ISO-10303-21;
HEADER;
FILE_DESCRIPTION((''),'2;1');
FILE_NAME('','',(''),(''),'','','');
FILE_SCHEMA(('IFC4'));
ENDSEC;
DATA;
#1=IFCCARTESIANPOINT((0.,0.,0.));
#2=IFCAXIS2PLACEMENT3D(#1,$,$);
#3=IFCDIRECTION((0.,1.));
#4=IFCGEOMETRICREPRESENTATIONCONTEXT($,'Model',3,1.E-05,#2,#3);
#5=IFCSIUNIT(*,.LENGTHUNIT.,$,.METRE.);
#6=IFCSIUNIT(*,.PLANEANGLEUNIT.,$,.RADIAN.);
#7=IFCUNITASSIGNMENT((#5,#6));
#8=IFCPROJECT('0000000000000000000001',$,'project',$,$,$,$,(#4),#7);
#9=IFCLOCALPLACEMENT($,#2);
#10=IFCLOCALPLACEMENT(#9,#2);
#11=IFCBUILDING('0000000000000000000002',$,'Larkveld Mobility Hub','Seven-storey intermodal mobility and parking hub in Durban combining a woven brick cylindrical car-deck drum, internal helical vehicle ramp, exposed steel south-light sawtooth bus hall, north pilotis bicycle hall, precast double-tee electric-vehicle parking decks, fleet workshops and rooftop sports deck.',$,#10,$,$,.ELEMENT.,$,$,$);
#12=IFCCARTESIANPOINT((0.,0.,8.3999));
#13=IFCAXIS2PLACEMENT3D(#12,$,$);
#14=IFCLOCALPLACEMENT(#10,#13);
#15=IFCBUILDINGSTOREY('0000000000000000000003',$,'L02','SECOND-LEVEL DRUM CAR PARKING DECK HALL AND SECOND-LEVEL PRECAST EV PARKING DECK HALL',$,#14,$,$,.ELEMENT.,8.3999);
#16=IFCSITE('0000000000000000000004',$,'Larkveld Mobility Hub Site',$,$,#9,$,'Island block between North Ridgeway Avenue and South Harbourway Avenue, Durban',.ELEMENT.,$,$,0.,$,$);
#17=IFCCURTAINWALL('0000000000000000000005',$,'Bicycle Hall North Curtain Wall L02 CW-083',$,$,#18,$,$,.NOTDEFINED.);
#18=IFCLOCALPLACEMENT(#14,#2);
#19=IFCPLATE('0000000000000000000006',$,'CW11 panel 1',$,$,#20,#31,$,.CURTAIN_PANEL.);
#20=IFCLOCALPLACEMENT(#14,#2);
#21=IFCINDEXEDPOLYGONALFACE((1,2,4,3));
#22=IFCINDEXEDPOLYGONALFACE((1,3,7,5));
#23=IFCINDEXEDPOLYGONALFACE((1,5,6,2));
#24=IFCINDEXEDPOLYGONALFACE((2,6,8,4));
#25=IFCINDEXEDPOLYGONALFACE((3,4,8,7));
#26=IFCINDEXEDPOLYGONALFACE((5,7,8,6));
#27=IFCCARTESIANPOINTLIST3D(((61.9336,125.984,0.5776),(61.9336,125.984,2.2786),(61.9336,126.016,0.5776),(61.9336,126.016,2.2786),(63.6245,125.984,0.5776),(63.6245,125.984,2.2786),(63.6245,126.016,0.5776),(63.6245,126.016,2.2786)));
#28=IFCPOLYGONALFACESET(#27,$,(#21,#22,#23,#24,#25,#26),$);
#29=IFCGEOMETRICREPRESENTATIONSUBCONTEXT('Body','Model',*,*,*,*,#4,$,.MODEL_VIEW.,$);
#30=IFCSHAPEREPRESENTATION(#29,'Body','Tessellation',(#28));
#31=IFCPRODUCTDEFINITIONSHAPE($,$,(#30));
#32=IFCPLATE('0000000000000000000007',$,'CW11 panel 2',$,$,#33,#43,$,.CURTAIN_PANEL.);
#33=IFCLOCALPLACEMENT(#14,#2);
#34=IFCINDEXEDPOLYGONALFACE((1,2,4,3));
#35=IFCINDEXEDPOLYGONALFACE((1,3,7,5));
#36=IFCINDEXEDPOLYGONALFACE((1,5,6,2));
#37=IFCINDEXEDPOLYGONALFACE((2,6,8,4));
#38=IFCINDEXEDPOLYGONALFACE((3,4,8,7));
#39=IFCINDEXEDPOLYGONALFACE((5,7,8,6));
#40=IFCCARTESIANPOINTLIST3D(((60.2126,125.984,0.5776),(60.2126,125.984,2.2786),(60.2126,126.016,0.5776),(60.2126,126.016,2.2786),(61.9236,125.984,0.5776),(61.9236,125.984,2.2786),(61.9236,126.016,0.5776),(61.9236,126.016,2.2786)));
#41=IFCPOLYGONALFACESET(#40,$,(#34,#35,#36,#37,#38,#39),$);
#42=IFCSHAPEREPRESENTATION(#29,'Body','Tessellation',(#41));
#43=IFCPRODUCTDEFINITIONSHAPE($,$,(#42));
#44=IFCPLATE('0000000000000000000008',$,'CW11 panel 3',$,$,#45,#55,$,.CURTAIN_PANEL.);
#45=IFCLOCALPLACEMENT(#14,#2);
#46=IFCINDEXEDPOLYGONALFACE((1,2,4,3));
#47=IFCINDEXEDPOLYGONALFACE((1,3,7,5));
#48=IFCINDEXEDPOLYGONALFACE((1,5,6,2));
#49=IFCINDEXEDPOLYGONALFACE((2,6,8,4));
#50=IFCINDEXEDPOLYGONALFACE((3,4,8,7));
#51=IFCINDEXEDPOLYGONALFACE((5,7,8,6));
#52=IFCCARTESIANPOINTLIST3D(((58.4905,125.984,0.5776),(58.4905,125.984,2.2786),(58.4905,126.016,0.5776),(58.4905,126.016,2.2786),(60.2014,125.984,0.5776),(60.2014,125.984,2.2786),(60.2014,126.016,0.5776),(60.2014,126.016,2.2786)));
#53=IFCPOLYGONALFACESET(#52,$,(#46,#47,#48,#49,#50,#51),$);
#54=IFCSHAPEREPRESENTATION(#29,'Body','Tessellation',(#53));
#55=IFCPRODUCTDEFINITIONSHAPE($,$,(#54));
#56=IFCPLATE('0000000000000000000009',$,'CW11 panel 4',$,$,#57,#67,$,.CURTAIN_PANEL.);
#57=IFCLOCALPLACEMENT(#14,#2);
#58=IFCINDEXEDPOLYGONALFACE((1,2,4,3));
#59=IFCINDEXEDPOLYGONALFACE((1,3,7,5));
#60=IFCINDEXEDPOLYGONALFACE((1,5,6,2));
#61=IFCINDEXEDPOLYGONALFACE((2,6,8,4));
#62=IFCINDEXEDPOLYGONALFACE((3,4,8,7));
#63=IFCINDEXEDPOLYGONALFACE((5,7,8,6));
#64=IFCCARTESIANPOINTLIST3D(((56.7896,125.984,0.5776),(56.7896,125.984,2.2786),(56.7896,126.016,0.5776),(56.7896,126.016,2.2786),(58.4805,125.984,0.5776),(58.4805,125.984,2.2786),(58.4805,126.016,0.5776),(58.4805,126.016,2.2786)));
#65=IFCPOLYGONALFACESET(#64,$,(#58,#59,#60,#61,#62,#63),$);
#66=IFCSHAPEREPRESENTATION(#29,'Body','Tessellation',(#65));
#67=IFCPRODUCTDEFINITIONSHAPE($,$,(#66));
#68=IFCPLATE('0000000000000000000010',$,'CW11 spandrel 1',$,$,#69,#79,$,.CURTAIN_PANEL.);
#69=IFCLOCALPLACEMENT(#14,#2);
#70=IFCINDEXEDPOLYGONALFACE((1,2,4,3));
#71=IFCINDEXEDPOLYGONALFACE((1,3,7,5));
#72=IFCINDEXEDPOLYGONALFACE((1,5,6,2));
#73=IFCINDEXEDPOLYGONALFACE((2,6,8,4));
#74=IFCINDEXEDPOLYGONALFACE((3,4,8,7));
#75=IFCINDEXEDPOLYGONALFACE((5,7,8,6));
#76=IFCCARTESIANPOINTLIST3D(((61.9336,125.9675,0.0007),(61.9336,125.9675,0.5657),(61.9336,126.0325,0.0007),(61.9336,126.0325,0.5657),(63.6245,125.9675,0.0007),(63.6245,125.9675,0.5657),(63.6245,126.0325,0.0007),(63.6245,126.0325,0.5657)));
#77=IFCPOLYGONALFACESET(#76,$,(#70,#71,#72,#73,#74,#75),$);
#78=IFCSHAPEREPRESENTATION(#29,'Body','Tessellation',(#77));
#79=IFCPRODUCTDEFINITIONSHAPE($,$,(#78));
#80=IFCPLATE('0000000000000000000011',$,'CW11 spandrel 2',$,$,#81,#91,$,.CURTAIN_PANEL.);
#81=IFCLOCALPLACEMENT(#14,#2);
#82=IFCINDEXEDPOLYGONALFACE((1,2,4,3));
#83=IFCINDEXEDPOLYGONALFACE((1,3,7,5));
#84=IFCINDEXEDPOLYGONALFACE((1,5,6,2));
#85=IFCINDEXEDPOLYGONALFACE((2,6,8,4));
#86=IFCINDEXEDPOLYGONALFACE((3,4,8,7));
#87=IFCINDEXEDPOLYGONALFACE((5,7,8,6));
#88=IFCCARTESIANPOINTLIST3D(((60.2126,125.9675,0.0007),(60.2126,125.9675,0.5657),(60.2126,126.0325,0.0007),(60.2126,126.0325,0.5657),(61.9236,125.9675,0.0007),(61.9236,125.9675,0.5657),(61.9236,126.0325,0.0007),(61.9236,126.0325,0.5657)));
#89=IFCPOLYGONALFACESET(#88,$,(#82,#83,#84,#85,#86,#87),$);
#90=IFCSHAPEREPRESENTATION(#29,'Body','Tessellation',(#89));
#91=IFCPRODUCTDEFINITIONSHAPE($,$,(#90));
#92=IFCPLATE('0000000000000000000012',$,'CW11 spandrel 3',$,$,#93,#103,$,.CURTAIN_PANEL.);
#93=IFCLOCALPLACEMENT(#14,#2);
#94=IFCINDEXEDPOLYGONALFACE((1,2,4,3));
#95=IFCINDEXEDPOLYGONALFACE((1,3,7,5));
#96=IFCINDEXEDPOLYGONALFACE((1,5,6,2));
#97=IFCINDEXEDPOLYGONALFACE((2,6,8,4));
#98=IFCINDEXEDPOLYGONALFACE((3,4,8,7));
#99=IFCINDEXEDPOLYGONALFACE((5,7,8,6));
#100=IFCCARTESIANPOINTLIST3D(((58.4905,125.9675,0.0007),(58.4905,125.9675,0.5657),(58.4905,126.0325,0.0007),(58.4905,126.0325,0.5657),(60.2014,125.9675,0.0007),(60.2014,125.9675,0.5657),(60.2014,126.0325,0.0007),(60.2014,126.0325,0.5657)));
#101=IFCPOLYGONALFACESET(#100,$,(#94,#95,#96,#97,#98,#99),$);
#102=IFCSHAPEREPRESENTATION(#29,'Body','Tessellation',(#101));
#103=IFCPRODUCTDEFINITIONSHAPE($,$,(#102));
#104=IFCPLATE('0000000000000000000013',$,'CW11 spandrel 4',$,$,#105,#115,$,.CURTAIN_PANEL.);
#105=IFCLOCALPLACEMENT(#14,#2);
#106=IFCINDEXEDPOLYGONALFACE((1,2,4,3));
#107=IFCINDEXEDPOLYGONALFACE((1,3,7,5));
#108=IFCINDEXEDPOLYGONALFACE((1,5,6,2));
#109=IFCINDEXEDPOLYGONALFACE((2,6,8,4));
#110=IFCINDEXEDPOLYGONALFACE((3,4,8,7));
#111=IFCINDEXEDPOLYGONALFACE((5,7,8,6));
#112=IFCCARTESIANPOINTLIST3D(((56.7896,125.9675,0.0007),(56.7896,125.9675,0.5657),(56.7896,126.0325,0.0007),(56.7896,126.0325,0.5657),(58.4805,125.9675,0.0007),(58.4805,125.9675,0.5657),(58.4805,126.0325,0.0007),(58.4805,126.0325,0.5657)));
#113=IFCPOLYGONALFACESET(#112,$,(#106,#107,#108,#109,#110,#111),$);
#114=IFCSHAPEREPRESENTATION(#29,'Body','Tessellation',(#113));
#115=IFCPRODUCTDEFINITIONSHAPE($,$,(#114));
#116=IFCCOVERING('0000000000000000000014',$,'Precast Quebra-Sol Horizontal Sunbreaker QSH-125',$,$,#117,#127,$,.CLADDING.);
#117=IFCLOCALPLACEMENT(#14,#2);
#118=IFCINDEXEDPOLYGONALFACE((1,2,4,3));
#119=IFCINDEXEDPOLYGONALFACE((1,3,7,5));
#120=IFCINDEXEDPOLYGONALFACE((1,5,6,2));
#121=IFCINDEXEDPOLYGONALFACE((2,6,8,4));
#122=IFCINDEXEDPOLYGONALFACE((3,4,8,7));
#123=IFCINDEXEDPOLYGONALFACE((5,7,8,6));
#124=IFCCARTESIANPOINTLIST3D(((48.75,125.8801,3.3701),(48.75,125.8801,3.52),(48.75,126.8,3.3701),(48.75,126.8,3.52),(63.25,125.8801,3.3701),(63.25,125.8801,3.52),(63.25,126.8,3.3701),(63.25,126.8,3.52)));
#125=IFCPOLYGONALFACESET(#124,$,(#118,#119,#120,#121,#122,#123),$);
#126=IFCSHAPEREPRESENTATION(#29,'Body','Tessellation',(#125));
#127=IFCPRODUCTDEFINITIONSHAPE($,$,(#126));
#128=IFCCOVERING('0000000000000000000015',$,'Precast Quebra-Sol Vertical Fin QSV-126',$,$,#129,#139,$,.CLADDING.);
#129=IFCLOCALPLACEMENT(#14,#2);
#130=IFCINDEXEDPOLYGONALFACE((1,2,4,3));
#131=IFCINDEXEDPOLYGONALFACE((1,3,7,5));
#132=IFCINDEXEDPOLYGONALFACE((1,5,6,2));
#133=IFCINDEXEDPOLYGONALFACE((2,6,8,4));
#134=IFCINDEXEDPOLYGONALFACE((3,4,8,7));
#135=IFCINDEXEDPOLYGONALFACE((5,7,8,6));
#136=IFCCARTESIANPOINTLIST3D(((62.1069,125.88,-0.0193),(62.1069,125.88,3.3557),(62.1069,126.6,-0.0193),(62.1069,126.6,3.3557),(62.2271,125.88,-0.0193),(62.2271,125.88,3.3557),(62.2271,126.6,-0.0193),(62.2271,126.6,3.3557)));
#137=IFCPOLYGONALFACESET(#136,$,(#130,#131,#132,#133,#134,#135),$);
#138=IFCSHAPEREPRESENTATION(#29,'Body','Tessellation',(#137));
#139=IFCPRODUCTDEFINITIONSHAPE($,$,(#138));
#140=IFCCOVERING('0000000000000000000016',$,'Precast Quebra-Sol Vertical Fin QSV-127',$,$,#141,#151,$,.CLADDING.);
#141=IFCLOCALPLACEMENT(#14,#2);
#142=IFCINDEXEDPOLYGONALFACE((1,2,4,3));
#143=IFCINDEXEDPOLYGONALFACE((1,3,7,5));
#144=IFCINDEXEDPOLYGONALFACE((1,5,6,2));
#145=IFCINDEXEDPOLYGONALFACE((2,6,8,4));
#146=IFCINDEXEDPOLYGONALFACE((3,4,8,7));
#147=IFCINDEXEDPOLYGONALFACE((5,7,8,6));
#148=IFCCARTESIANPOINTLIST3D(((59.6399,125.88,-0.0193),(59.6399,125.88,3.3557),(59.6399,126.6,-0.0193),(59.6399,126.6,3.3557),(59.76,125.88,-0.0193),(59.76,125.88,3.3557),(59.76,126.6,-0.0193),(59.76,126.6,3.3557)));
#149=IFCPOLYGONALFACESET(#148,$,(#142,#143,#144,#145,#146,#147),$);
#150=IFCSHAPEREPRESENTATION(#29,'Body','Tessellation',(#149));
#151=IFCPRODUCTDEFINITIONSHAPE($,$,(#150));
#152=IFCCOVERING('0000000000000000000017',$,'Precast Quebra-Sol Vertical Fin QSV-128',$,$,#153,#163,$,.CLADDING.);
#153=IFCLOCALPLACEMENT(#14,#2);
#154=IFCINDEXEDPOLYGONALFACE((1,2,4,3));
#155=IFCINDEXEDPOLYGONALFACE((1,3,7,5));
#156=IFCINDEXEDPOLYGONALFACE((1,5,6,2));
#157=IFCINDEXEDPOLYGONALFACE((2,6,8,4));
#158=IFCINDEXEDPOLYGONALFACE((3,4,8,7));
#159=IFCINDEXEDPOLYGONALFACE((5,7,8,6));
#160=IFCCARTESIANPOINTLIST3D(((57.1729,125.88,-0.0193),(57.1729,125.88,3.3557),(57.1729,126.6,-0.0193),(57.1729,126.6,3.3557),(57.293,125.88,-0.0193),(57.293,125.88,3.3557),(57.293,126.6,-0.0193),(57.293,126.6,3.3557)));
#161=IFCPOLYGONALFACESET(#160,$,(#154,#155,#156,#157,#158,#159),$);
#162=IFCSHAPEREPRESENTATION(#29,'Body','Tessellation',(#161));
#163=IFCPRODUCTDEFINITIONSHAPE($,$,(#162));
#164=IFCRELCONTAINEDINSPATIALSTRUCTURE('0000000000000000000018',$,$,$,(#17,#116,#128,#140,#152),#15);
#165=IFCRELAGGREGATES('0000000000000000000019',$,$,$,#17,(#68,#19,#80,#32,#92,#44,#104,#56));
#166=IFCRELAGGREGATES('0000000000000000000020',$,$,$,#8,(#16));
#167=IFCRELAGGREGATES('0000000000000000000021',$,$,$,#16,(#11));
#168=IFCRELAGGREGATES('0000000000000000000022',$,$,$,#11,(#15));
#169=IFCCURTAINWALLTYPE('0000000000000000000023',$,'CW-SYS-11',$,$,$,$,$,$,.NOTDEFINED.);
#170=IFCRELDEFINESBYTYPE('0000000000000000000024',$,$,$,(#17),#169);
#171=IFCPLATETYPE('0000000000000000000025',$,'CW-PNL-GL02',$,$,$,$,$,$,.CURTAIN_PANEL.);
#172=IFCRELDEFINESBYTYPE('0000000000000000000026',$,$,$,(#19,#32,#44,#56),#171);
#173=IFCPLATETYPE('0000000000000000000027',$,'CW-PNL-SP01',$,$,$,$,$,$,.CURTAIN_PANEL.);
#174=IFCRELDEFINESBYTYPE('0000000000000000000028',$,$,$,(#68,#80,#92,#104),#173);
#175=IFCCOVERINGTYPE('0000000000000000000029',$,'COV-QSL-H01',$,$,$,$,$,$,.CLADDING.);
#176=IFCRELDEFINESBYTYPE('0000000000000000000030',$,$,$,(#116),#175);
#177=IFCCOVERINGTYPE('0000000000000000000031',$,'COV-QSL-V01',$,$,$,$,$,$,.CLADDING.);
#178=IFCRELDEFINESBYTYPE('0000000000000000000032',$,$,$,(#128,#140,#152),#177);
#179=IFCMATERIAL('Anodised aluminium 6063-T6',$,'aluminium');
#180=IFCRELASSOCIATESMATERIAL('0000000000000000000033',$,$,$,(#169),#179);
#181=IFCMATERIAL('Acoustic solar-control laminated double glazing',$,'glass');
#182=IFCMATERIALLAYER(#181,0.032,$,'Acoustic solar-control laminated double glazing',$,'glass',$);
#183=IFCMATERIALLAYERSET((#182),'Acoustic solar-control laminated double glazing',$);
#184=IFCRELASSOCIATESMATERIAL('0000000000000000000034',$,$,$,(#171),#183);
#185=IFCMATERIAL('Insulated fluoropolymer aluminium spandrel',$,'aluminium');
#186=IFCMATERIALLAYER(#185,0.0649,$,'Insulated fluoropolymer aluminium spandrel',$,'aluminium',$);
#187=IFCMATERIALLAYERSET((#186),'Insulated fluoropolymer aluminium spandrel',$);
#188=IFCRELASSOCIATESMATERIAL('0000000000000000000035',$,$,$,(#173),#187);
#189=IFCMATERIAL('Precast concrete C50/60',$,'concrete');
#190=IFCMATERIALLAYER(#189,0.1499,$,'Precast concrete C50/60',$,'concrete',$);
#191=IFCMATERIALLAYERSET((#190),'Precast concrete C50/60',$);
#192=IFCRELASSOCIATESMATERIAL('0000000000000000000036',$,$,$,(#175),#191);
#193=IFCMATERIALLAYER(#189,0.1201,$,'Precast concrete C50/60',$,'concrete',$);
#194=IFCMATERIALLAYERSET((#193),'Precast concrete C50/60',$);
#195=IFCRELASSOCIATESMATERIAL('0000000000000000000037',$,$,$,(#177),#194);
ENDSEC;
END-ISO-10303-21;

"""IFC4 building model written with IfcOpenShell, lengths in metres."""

from ifc_helpers import new_model, si_unit, direction, frame, origin, origin_2d, place, context, subcontext, project, spatial, rectangle, extrude, material, layer, layer_set, type_object, element, aggregate, save


model = new_model("IFC4")

# Units and contexts
model_context = context("Model", 3, precision=1e-05, world=origin(), true_north=direction((0.0, 1.0)))
body_context = subcontext(model_context, "Body", "Model", "MODEL_VIEW")
ifc_project = project(units=[si_unit("LENGTHUNIT", "METRE"), si_unit("PLANEANGLEUNIT", "RADIAN")], contexts=[model_context])

# Site, building, storey
site_placement = place(None, origin())
site = spatial("IfcSite", under=ifc_project, at=site_placement, Name="Larkveld Mobility Hub Site", LongName="Island block between North Ridgeway Avenue and South Harbourway Avenue, Durban", CompositionType="ELEMENT", RefElevation=0.0)
building_placement = place(site_placement, origin())
building = spatial("IfcBuilding", under=site, at=building_placement, Name="Larkveld Mobility Hub", Description="Seven-storey intermodal mobility and parking hub in Durban combining a woven brick cylindrical car-deck drum, internal helical vehicle ramp, exposed steel south-light sawtooth bus hall, north pilotis bicycle hall, precast double-tee electric-vehicle parking decks, fleet workshops and rooftop sports deck.", CompositionType="ELEMENT")
storey_placement = place(building_placement, frame((0.0, 0.0, 8.3999)))
storey = spatial("IfcBuildingStorey", under=building, at=storey_placement, Name="L02", Description="SECOND-LEVEL DRUM CAR PARKING DECK HALL AND SECOND-LEVEL PRECAST EV PARKING DECK HALL", CompositionType="ELEMENT", Elevation=8.3999)

# Curtain wall, plates
ifc_material_1 = material(Name="Anodised aluminium 6063-T6", Category="aluminium")
curtain_wall_type = type_object("IfcCurtainWallType", Name="CW-SYS-11", PredefinedType="NOTDEFINED", material=ifc_material_1)
curtain_wall_placement = place(storey_placement, origin())
curtain_wall = element("IfcCurtainWall", 1, at=curtain_wall_placement, inside=storey, type_object=curtain_wall_type, Name="Bicycle Hall North Curtain Wall L02 CW-083", PredefinedType="NOTDEFINED")
ifc_material_2 = material(Name="Acoustic solar-control laminated double glazing", Category="glass")
ifc_layer_1 = layer(ifc_material_2, 0.032, Name="Acoustic solar-control laminated double glazing", Category="glass")
ifc_layer_set_1 = layer_set([ifc_layer_1], Name="Acoustic solar-control laminated double glazing")
plate_type_1 = type_object("IfcPlateType", Name="CW-PNL-GL02", PredefinedType="CURTAIN_PANEL", material=ifc_layer_set_1)
plate_1_placement = place(storey_placement, frame((62.7791, 126.0, 0.5776), z_axis=(0.0, 0.0, 1.0), x_axis=(-1.0, 0.0, 0.0)))
plate_1 = element("IfcPlate", 2, at=plate_1_placement, type_object=plate_type_1, Name="CW11 panel 1", PredefinedType="CURTAIN_PANEL", context=body_context, shape_type="SweptSolid", body=[
    extrude(rectangle(XDim=1.6909, YDim=0.032, at=origin_2d()), origin(), (0.0, 0.0, 1.0), 1.7009),
])
plate_2_placement = place(storey_placement, frame((61.0681, 126.0, 0.5776), z_axis=(0.0, 0.0, 1.0), x_axis=(-1.0, 0.0, 0.0)))
plate_2 = element("IfcPlate", 3, at=plate_2_placement, type_object=plate_type_1, Name="CW11 panel 2", PredefinedType="CURTAIN_PANEL", context=body_context, shape_type="SweptSolid", body=[
    extrude(rectangle(XDim=1.7109, YDim=0.032, at=origin_2d()), origin(), (0.0, 0.0, 1.0), 1.7009),
])
plate_3_placement = place(storey_placement, frame((59.3459, 126.0, 0.5776), z_axis=(0.0, 0.0, 1.0), x_axis=(-1.0, 0.0, 0.0)))
plate_3 = element("IfcPlate", 4, at=plate_3_placement, type_object=plate_type_1, Name="CW11 panel 3", PredefinedType="CURTAIN_PANEL", context=body_context, shape_type="SweptSolid", body=[
    extrude(rectangle(XDim=1.7109, YDim=0.032, at=origin_2d()), origin(), (0.0, 0.0, 1.0), 1.7009),
])
plate_4_placement = place(storey_placement, frame((57.635, 126.0, 0.5776), z_axis=(0.0, 0.0, 1.0), x_axis=(-1.0, 0.0, 0.0)))
plate_4 = element("IfcPlate", 5, at=plate_4_placement, type_object=plate_type_1, Name="CW11 panel 4", PredefinedType="CURTAIN_PANEL", context=body_context, shape_type="SweptSolid", body=[
    extrude(rectangle(XDim=1.6909, YDim=0.032, at=origin_2d()), origin(), (0.0, 0.0, 1.0), 1.7009),
])
ifc_material_3 = material(Name="Insulated fluoropolymer aluminium spandrel", Category="aluminium")
ifc_layer_2 = layer(ifc_material_3, 0.0649, Name="Insulated fluoropolymer aluminium spandrel", Category="aluminium")
ifc_layer_set_2 = layer_set([ifc_layer_2], Name="Insulated fluoropolymer aluminium spandrel")
plate_type_2 = type_object("IfcPlateType", Name="CW-PNL-SP01", PredefinedType="CURTAIN_PANEL", material=ifc_layer_set_2)
plate_5_placement = place(storey_placement, frame((62.7791, 126.0, 0.0007), z_axis=(0.0, 0.0, 1.0), x_axis=(-1.0, 0.0, 0.0)))
plate_5 = element("IfcPlate", 6, at=plate_5_placement, type_object=plate_type_2, Name="CW11 spandrel 1", PredefinedType="CURTAIN_PANEL", context=body_context, shape_type="SweptSolid", body=[
    extrude(rectangle(XDim=1.6909, YDim=0.0649, at=origin_2d()), origin(), (0.0, 0.0, 1.0), 0.5649),
])
plate_6_placement = place(storey_placement, frame((61.0681, 126.0, 0.0007), z_axis=(0.0, 0.0, 1.0), x_axis=(-1.0, 0.0, 0.0)))
plate_6 = element("IfcPlate", 7, at=plate_6_placement, type_object=plate_type_2, Name="CW11 spandrel 2", PredefinedType="CURTAIN_PANEL", context=body_context, shape_type="SweptSolid", body=[
    extrude(rectangle(XDim=1.7109, YDim=0.0649, at=origin_2d()), origin(), (0.0, 0.0, 1.0), 0.5649),
])
plate_7_placement = place(storey_placement, frame((59.3459, 126.0, 0.0007), z_axis=(0.0, 0.0, 1.0), x_axis=(-1.0, 0.0, 0.0)))
plate_7 = element("IfcPlate", 8, at=plate_7_placement, type_object=plate_type_2, Name="CW11 spandrel 3", PredefinedType="CURTAIN_PANEL", context=body_context, shape_type="SweptSolid", body=[
    extrude(rectangle(XDim=1.7109, YDim=0.0649, at=origin_2d()), origin(), (0.0, 0.0, 1.0), 0.5649),
])
plate_8_placement = place(storey_placement, frame((57.635, 126.0, 0.0007), z_axis=(0.0, 0.0, 1.0), x_axis=(-1.0, 0.0, 0.0)))
plate_8 = element("IfcPlate", 9, at=plate_8_placement, type_object=plate_type_2, Name="CW11 spandrel 4", PredefinedType="CURTAIN_PANEL", context=body_context, shape_type="SweptSolid", body=[
    extrude(rectangle(XDim=1.6909, YDim=0.0649, at=origin_2d()), origin(), (0.0, 0.0, 1.0), 0.5649),
])
aggregate(curtain_wall, [plate_5, plate_1, plate_6, plate_2, plate_7, plate_3, plate_8, plate_4])

# Coverings
ifc_material_4 = material(Name="Precast concrete C50/60", Category="concrete")
ifc_layer_3 = layer(ifc_material_4, 0.1499, Name="Precast concrete C50/60", Category="concrete")
ifc_layer_set_3 = layer_set([ifc_layer_3], Name="Precast concrete C50/60")
covering_type_1 = type_object("IfcCoveringType", Name="COV-QSL-H01", PredefinedType="CLADDING", material=ifc_layer_set_3)
covering_placement = place(storey_placement, frame((56.0, 126.3401, 3.3701), z_axis=(0.0, 0.0, 1.0), x_axis=(-1.0, 0.0, 0.0)))
element("IfcCovering", 10, at=covering_placement, inside=storey, type_object=covering_type_1, Name="Precast Quebra-Sol Horizontal Sunbreaker QSH-125", PredefinedType="CLADDING", context=body_context, shape_type="SweptSolid", body=[
    extrude(rectangle(XDim=14.5, YDim=0.9199, at=origin_2d()), origin(), (0.0, 0.0, 1.0), 0.1499),
])
ifc_layer_4 = layer(ifc_material_4, 0.1201, Name="Precast concrete C50/60", Category="concrete")
ifc_layer_set_4 = layer_set([ifc_layer_4], Name="Precast concrete C50/60")
covering_type_2 = type_object("IfcCoveringType", Name="COV-QSL-V01", PredefinedType="CLADDING", material=ifc_layer_set_4)
for number, where, z_axis, x_axis, name in (
    (11, (62.167, 126.24, -0.0193), (0.0, 0.0, 1.0), (-1.0, 0.0, 0.0), "Precast Quebra-Sol Vertical Fin QSV-126"),
    (12, (59.7, 126.24, -0.0193), (0.0, 0.0, 1.0), (-1.0, 0.0, 0.0), "Precast Quebra-Sol Vertical Fin QSV-127"),
    (13, (57.2329, 126.24, -0.0193), (0.0, 0.0, 1.0), (-1.0, 0.0, 0.0), "Precast Quebra-Sol Vertical Fin QSV-128"),
):
    element("IfcCovering", number, at=place(storey_placement, frame(where, z_axis=z_axis, x_axis=x_axis)), inside=storey, type_object=covering_type_2, Name=name, PredefinedType="CLADDING", context=body_context, shape_type="SweptSolid", body=[
        extrude(rectangle(XDim=0.1201, YDim=0.72, at=origin_2d()), origin(), (0.0, 0.0, 1.0), 3.375),
    ])

save(model, "model.ifc")
